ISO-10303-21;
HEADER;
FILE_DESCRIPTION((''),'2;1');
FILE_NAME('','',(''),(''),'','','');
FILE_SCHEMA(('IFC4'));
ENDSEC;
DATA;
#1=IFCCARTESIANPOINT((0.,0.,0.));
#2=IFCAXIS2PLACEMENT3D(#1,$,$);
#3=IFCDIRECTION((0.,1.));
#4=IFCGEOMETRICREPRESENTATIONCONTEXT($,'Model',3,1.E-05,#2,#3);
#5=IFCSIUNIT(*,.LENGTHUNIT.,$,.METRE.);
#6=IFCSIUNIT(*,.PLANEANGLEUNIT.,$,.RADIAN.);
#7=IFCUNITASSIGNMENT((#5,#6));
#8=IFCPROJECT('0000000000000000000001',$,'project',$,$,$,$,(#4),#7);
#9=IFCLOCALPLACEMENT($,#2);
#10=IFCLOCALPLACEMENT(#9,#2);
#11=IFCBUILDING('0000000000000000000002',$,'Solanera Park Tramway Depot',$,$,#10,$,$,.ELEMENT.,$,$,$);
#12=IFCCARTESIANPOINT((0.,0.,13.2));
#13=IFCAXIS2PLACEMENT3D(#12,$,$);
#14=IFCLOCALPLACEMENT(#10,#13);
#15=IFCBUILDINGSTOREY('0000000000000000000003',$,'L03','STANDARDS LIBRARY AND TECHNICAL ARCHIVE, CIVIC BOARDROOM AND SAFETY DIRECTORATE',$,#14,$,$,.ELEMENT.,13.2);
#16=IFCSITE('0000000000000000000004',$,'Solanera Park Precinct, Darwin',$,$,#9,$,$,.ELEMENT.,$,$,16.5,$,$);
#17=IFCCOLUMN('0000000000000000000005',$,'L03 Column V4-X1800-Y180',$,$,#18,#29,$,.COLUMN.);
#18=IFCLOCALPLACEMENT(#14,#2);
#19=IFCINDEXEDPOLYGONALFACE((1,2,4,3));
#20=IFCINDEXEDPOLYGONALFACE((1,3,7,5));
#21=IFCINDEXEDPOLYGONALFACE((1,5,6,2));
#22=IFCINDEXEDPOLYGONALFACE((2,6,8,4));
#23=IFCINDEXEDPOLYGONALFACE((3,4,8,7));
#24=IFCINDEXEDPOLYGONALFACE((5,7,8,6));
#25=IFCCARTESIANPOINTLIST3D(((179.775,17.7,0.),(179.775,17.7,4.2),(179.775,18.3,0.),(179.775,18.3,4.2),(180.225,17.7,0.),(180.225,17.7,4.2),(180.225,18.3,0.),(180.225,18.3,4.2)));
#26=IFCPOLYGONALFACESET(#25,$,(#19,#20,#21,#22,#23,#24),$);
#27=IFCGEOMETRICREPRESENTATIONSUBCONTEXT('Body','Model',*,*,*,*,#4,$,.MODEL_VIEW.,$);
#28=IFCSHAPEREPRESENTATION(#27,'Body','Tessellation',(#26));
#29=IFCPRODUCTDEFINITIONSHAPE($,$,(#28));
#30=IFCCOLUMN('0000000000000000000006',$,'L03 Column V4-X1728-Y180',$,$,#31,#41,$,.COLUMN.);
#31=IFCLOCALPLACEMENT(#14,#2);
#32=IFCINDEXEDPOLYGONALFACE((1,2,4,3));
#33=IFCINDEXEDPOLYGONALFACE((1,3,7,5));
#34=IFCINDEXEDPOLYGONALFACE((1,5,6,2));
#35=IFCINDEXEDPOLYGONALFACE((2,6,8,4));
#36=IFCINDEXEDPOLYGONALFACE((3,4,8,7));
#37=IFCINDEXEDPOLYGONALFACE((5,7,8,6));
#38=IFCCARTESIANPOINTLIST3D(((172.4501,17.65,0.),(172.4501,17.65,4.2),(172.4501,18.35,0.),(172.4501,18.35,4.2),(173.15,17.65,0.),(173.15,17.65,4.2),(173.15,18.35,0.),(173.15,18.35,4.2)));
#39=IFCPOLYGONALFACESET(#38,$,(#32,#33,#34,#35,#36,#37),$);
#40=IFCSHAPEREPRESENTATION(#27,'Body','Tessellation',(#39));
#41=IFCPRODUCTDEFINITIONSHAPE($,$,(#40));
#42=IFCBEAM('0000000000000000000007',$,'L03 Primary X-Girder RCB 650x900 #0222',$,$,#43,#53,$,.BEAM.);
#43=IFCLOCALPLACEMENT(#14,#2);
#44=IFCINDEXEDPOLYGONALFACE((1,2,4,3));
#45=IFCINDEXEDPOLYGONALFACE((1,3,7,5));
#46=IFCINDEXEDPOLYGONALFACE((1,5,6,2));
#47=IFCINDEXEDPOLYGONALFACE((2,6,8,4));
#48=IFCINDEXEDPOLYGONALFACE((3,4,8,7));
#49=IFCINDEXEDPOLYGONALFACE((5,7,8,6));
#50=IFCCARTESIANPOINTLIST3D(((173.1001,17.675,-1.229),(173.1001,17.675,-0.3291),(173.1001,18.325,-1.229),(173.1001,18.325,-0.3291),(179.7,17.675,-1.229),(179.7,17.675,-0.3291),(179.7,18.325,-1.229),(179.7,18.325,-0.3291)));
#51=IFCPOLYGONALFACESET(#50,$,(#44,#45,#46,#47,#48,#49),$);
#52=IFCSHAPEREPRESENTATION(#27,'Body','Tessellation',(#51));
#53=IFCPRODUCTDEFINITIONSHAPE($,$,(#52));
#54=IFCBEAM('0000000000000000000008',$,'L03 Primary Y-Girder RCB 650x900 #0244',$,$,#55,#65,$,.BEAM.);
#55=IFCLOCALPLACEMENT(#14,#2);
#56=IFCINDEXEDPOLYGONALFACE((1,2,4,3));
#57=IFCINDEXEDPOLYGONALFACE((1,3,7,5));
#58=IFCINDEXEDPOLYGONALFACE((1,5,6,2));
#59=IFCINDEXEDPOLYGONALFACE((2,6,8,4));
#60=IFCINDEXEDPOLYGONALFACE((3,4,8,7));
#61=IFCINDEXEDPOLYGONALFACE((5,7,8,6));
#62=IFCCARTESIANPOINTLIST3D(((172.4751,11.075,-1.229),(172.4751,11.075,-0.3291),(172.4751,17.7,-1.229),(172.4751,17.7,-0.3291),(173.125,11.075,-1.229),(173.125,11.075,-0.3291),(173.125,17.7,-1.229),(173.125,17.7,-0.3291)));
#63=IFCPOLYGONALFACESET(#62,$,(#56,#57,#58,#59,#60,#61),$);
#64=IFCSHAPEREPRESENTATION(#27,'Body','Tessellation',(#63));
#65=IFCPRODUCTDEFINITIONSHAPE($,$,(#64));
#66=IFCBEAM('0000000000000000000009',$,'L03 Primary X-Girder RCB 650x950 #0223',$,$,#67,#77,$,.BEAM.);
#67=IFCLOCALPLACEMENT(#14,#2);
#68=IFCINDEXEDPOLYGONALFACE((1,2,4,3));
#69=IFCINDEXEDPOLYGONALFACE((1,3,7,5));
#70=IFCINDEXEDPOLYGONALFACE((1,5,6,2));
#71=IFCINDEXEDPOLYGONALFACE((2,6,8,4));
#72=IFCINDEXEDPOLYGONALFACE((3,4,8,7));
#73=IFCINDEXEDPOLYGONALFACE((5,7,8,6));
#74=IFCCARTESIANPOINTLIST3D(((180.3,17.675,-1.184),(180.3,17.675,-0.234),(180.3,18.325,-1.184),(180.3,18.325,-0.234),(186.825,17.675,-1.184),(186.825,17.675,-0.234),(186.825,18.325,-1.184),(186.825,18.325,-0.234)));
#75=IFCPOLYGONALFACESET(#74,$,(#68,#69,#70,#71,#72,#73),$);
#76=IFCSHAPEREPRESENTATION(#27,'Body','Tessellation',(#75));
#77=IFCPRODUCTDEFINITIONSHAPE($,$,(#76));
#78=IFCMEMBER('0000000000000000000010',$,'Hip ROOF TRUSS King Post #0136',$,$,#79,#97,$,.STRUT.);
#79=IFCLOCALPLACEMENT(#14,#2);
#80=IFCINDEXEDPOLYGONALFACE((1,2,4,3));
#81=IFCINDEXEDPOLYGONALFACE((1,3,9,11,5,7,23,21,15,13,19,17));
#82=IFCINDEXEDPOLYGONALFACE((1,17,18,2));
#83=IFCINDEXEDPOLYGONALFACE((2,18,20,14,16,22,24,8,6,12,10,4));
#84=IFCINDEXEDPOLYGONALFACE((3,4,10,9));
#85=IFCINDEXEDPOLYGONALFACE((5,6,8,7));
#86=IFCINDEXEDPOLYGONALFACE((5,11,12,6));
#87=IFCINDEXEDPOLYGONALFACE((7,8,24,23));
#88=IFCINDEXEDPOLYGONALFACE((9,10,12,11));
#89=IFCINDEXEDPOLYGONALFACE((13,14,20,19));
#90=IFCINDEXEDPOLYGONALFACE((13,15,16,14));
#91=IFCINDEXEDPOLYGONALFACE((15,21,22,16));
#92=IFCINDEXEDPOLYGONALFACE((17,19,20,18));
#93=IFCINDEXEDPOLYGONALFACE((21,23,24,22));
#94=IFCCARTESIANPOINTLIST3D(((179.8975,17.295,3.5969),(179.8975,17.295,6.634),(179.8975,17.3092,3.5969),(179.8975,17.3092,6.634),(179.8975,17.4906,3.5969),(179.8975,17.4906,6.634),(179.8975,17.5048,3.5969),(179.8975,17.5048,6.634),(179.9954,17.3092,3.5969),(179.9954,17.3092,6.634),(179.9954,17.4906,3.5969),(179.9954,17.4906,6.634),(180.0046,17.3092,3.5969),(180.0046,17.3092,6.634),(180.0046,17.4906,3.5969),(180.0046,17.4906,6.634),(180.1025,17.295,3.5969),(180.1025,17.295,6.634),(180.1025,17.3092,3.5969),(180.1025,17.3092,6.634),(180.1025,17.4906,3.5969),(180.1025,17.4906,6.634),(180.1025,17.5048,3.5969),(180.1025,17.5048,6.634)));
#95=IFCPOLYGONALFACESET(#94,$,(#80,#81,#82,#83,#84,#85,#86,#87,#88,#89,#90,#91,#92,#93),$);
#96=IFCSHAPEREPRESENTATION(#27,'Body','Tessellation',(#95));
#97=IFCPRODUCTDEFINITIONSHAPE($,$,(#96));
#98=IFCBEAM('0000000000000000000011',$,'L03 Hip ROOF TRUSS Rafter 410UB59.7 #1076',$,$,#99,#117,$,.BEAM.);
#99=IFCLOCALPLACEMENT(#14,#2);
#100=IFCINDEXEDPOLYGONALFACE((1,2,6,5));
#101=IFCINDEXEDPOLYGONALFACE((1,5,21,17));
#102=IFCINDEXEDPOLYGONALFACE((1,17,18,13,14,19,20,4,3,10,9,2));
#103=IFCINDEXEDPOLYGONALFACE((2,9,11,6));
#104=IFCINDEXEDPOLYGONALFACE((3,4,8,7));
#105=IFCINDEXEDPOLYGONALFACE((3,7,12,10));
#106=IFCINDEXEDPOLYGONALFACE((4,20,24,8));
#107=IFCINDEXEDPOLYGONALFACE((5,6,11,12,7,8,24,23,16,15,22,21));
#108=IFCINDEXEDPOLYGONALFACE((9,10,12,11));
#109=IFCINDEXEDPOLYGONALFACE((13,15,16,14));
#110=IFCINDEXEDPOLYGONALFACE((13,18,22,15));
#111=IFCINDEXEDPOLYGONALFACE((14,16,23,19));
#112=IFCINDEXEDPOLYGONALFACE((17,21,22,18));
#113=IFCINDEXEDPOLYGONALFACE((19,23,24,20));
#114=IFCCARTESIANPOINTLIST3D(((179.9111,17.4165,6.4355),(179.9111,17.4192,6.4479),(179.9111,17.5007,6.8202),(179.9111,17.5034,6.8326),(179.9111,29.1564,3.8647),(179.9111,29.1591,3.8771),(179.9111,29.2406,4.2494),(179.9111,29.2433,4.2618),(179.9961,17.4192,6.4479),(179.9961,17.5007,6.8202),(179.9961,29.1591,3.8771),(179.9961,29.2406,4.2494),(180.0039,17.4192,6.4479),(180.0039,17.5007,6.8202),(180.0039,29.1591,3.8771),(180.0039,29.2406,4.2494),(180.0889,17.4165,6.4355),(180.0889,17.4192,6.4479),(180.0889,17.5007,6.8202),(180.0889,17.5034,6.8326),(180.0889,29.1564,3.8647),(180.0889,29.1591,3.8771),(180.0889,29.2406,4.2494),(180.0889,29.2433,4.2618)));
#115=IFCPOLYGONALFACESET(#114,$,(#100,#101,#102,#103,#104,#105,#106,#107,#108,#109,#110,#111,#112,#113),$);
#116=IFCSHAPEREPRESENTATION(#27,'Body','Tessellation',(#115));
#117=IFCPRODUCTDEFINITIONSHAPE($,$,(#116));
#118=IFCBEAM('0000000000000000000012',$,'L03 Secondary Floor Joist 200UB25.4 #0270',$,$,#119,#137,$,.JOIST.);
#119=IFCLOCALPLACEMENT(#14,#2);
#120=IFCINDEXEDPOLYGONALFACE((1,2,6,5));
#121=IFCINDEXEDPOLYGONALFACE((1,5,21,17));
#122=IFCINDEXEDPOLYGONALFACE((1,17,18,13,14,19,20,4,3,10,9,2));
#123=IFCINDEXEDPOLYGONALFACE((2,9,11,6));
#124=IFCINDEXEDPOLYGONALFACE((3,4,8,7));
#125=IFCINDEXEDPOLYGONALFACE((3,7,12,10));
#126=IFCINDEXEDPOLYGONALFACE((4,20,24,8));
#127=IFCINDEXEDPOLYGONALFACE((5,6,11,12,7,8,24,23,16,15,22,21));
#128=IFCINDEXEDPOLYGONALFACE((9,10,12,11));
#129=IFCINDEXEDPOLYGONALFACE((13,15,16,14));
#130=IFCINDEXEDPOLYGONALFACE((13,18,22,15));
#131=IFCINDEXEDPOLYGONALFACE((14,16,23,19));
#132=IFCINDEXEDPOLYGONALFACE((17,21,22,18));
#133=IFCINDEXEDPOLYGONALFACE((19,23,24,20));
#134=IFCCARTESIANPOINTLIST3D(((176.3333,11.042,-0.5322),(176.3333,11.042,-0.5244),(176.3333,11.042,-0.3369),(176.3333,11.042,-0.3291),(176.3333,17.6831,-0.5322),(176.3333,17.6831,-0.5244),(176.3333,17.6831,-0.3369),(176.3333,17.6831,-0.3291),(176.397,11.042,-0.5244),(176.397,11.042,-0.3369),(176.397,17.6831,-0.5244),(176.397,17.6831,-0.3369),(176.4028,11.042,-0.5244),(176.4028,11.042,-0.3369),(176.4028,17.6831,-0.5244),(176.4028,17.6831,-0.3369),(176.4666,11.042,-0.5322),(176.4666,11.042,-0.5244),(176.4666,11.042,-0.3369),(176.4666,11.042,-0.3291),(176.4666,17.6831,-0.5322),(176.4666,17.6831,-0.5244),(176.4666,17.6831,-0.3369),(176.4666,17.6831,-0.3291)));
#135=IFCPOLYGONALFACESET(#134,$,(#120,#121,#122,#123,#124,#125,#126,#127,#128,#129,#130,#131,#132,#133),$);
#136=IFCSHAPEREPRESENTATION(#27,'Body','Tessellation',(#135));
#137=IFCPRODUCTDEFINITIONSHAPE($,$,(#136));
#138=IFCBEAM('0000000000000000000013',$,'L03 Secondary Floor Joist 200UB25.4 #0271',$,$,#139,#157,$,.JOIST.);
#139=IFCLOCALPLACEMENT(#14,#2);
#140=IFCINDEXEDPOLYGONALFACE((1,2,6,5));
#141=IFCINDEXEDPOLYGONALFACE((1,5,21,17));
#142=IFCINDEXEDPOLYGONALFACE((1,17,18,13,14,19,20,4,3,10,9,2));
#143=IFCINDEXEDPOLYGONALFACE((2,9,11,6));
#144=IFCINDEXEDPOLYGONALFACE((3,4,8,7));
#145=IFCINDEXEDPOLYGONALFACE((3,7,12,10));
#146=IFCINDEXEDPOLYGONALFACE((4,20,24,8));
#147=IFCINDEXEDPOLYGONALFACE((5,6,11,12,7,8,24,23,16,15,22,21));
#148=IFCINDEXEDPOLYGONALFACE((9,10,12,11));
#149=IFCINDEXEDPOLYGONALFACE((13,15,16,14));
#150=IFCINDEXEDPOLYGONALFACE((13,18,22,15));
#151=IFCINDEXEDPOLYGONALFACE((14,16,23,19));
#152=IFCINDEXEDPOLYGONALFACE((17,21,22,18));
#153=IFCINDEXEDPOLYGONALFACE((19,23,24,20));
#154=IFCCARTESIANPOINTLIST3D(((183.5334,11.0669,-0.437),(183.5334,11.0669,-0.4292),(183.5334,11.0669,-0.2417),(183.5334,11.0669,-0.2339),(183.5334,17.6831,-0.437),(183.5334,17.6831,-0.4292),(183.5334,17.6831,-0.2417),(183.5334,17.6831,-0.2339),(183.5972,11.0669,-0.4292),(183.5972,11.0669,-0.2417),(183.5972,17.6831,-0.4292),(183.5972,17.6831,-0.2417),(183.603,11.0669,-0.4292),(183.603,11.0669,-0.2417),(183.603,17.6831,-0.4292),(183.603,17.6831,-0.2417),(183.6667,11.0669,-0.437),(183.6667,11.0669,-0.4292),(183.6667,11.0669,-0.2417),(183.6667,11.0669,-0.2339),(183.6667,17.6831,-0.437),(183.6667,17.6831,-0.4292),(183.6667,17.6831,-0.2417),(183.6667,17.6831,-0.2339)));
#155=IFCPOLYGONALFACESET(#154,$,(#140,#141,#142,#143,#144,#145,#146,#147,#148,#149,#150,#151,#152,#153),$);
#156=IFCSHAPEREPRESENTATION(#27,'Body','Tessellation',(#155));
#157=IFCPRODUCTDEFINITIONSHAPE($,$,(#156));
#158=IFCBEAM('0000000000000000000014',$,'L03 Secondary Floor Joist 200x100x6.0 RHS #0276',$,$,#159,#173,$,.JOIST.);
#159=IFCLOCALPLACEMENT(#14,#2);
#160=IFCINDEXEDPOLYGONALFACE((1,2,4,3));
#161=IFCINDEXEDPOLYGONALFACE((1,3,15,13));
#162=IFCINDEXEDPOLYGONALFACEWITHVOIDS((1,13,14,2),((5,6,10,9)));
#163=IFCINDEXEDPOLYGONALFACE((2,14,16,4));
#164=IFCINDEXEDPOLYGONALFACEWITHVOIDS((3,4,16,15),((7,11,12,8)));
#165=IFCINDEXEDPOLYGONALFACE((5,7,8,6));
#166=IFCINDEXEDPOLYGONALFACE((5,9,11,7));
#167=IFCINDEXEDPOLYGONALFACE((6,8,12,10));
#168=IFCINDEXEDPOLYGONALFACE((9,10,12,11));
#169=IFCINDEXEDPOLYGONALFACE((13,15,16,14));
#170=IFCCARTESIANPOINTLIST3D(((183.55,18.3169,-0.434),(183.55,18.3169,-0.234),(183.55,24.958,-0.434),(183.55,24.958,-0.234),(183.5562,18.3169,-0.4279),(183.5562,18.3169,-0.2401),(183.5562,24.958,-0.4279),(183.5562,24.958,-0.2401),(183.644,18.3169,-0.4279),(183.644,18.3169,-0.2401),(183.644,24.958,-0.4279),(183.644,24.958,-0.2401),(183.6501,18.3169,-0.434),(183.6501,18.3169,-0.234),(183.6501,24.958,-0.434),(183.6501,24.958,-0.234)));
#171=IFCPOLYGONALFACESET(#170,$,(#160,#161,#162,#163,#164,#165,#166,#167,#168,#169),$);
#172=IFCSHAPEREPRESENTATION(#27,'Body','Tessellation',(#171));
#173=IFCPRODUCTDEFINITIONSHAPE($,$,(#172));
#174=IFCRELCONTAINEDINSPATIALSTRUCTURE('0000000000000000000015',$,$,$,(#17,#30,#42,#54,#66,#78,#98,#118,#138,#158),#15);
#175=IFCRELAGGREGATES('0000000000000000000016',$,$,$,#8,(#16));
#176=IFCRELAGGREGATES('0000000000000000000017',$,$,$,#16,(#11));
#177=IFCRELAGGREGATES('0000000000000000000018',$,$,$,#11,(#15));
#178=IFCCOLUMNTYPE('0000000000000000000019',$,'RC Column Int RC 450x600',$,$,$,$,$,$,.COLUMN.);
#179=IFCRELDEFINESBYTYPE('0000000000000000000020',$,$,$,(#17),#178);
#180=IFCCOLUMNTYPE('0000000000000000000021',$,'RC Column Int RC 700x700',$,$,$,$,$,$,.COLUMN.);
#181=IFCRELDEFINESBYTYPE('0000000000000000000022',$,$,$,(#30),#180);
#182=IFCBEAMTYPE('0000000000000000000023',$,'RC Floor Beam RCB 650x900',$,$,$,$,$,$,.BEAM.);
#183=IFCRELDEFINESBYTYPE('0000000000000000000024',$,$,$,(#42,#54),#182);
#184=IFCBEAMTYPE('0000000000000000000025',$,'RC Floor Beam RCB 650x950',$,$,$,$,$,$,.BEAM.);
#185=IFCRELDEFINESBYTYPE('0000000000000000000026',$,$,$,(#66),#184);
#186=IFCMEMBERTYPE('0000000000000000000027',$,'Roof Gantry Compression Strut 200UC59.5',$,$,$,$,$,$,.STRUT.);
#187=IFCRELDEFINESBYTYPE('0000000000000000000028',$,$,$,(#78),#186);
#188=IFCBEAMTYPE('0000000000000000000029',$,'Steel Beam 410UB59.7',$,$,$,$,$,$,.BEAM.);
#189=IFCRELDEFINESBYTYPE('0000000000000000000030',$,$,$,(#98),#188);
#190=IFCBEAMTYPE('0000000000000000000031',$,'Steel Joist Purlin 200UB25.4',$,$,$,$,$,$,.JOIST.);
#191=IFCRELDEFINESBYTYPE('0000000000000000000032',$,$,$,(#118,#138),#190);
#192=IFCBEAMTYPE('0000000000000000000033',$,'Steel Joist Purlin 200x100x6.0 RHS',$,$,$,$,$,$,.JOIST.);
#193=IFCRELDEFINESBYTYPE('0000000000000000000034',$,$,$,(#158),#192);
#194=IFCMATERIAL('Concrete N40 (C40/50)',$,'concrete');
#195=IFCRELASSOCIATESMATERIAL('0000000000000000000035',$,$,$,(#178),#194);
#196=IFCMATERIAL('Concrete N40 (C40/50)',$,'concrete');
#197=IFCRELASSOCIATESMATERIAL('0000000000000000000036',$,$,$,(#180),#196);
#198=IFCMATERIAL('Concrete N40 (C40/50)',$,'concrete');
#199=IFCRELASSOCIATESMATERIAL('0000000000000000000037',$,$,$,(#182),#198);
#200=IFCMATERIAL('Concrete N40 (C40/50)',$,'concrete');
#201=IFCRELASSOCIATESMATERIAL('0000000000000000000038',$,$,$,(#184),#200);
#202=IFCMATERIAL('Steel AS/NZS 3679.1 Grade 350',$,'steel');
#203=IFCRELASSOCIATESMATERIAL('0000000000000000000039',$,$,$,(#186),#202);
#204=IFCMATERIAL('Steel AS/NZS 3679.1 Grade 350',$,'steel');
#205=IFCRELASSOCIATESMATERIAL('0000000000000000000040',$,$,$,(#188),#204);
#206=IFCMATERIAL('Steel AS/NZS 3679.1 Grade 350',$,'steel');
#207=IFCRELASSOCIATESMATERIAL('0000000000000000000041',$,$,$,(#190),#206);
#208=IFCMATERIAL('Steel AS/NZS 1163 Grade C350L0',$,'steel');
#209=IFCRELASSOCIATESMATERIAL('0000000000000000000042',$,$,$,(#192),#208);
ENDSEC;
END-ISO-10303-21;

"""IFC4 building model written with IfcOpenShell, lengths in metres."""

from ifc_helpers import new_model, si_unit, direction, frame, origin, origin_2d, place, context, subcontext, project, spatial, rectangle, hollow_rectangle, i_section, extrude, material, material_profile, profile_set, type_object, element, save


model = new_model("IFC4")

# Units and contexts
model_context = context("Model", 3, precision=1e-05, world=origin(), true_north=direction((0.0, 1.0)))
body_context = subcontext(model_context, "Body", "Model", "MODEL_VIEW")
ifc_project = project(units=[si_unit("LENGTHUNIT", "METRE"), si_unit("PLANEANGLEUNIT", "RADIAN")], contexts=[model_context])

# Site, building, storey
site_placement = place(None, origin())
site = spatial("IfcSite", under=ifc_project, at=site_placement, Name="Solanera Park Precinct, Darwin", CompositionType="ELEMENT", RefElevation=16.5)
building_placement = place(site_placement, origin())
building = spatial("IfcBuilding", under=site, at=building_placement, Name="Solanera Park Tramway Depot", CompositionType="ELEMENT")
storey_placement = place(building_placement, frame((0.0, 0.0, 13.2)))
storey = spatial("IfcBuildingStorey", under=building, at=storey_placement, Name="L03", Description="STANDARDS LIBRARY AND TECHNICAL ARCHIVE, CIVIC BOARDROOM AND SAFETY DIRECTORATE", CompositionType="ELEMENT", Elevation=13.2)

# Columns
ifc_material_1 = material(Name="Concrete N40 (C40/50)", Category="concrete")
ifc_material_profile_1 = material_profile(ifc_material_1, rectangle(XDim=0.45, YDim=0.6001, at=origin_2d()), Name="RC 450x600")
ifc_profile_set_1 = profile_set([ifc_material_profile_1], Name="Concrete N40 (C40/50)")
column_type_1 = type_object("IfcColumnType", Name="RC Column Int RC 450x600", PredefinedType="COLUMN", material=ifc_profile_set_1)
column_1_placement = place(storey_placement, frame((180.0, 18.0, 0.0), z_axis=(0.0, 0.0, 1.0), x_axis=(1.0, 0.0, 0.0)))
element("IfcColumn", 1, at=column_1_placement, inside=storey, type_object=column_type_1, Name="L03 Column V4-X1800-Y180", PredefinedType="COLUMN", context=body_context, shape_type="SweptSolid", body=[
    extrude(rectangle(XDim=0.45, YDim=0.6001, at=origin_2d()), origin(), (0.0, 0.0, 1.0), 4.2),
])
ifc_material_2 = material(Name="Concrete N40 (C40/50)", Category="concrete")
ifc_material_profile_2 = material_profile(ifc_material_2, rectangle(XDim=0.7, YDim=0.7, at=origin_2d()), Name="RC 700x700")
ifc_profile_set_2 = profile_set([ifc_material_profile_2], Name="Concrete N40 (C40/50)")
column_type_2 = type_object("IfcColumnType", Name="RC Column Int RC 700x700", PredefinedType="COLUMN", material=ifc_profile_set_2)
column_2_placement = place(storey_placement, frame((172.8, 18.0, 0.0), z_axis=(0.0, 0.0, 1.0), x_axis=(1.0, 0.0, 0.0)))
element("IfcColumn", 2, at=column_2_placement, inside=storey, type_object=column_type_2, Name="L03 Column V4-X1728-Y180", PredefinedType="COLUMN", context=body_context, shape_type="SweptSolid", body=[
    extrude(rectangle(XDim=0.7, YDim=0.7, at=origin_2d()), origin(), (0.0, 0.0, 1.0), 4.2),
])

# Beams
ifc_material_3 = material(Name="Concrete N40 (C40/50)", Category="concrete")
ifc_material_profile_3 = material_profile(ifc_material_3, rectangle(XDim=0.6499, YDim=0.8999, at=origin_2d()), Name="RCB 650x900")
ifc_profile_set_3 = profile_set([ifc_material_profile_3], Name="Concrete N40 (C40/50)")
beam_type_1 = type_object("IfcBeamType", Name="RC Floor Beam RCB 650x900", PredefinedType="BEAM", material=ifc_profile_set_3)
beam_1_placement = place(storey_placement, frame((173.1001, 18.0, -0.7791), z_axis=(1.0, 0.0, 0.0), x_axis=(0.0, 1.0, 0.0)))
element("IfcBeam", 3, at=beam_1_placement, inside=storey, type_object=beam_type_1, Name="L03 Primary X-Girder RCB 650x900 #0222", PredefinedType="BEAM", context=body_context, shape_type="SweptSolid", body=[
    extrude(rectangle(XDim=0.6499, YDim=0.8999, at=origin_2d()), origin(), (0.0, 0.0, 1.0), 6.5999),
])
beam_2_placement = place(storey_placement, frame((172.8, 11.075, -0.7791), z_axis=(0.0, 1.0, 0.0), x_axis=(-1.0, 0.0, 0.0)))
element("IfcBeam", 4, at=beam_2_placement, inside=storey, type_object=beam_type_1, Name="L03 Primary Y-Girder RCB 650x900 #0244", PredefinedType="BEAM", context=body_context, shape_type="SweptSolid", body=[
    extrude(rectangle(XDim=0.6499, YDim=0.8999, at=origin_2d()), origin(), (0.0, 0.0, 1.0), 6.625),
])
ifc_material_4 = material(Name="Concrete N40 (C40/50)", Category="concrete")
ifc_material_profile_4 = material_profile(ifc_material_4, rectangle(XDim=0.6499, YDim=0.95, at=origin_2d()), Name="RCB 650x950")
ifc_profile_set_4 = profile_set([ifc_material_profile_4], Name="Concrete N40 (C40/50)")
beam_type_2 = type_object("IfcBeamType", Name="RC Floor Beam RCB 650x950", PredefinedType="BEAM", material=ifc_profile_set_4)
beam_3_placement = place(storey_placement, frame((180.3, 18.0, -0.709), z_axis=(1.0, 0.0, 0.0), x_axis=(0.0, 1.0, 0.0)))
element("IfcBeam", 5, at=beam_3_placement, inside=storey, type_object=beam_type_2, Name="L03 Primary X-Girder RCB 650x950 #0223", PredefinedType="BEAM", context=body_context, shape_type="SweptSolid", body=[
    extrude(rectangle(XDim=0.6499, YDim=0.95, at=origin_2d()), origin(), (0.0, 0.0, 1.0), 6.5249),
])

# Member
ifc_material_5 = material(Name="Steel AS/NZS 3679.1 Grade 350", Category="steel")
ifc_material_profile_5 = material_profile(ifc_material_5, i_section(OverallWidth=0.2051, OverallDepth=0.2097, WebThickness=0.0093, FlangeThickness=0.0142, at=origin_2d()), Name="200UC59.5")
ifc_profile_set_5 = profile_set([ifc_material_profile_5], Name="Steel AS/NZS 3679.1 Grade 350")
member_type = type_object("IfcMemberType", Name="Roof Gantry Compression Strut 200UC59.5", PredefinedType="STRUT", material=ifc_profile_set_5)
member_placement = place(storey_placement, frame((180.0, 17.3999, 3.5969), z_axis=(0.0, 0.0, 1.0), x_axis=(1.0, 0.0, 0.0)))
element("IfcMember", 6, at=member_placement, inside=storey, type_object=member_type, Name="Hip ROOF TRUSS King Post #0136", PredefinedType="STRUT", context=body_context, shape_type="SweptSolid", body=[
    extrude(i_section(OverallWidth=0.2051, OverallDepth=0.2097, WebThickness=0.0093, FlangeThickness=0.0142, at=origin_2d()), origin(), (0.0, 0.0, 1.0), 3.0371),
])

# Beams
ifc_material_6 = material(Name="Steel AS/NZS 3679.1 Grade 350", Category="steel")
ifc_material_profile_6 = material_profile(ifc_material_6, i_section(OverallWidth=0.1777, OverallDepth=0.4065, WebThickness=0.0078, FlangeThickness=0.0127, at=origin_2d()), Name="410UB59.7")
ifc_profile_set_6 = profile_set([ifc_material_profile_6], Name="Steel AS/NZS 3679.1 Grade 350")
beam_type_3 = type_object("IfcBeamType", Name="Steel Beam 410UB59.7", PredefinedType="BEAM", material=ifc_profile_set_6)
beam_4_placement = place(storey_placement, frame((180.0, 17.46, 6.634), z_axis=(0.0, 0.976853, -0.21391), x_axis=(-1.0, 0.0, 0.0)))
element("IfcBeam", 7, at=beam_4_placement, inside=storey, type_object=beam_type_3, Name="L03 Hip ROOF TRUSS Rafter 410UB59.7 #1076", PredefinedType="BEAM", context=body_context, shape_type="SweptSolid", body=[
    extrude(i_section(OverallWidth=0.1777, OverallDepth=0.4065, WebThickness=0.0078, FlangeThickness=0.0127, at=origin_2d()), origin(), (0.0, 0.0, 1.0), 12.0181),
])
ifc_material_7 = material(Name="Steel AS/NZS 3679.1 Grade 350", Category="steel")
ifc_material_profile_7 = material_profile(ifc_material_7, i_section(OverallWidth=0.1333, OverallDepth=0.2031, WebThickness=0.0059, FlangeThickness=0.0078, at=origin_2d()), Name="200UB25.4")
ifc_profile_set_7 = profile_set([ifc_material_profile_7], Name="Steel AS/NZS 3679.1 Grade 350")
beam_type_4 = type_object("IfcBeamType", Name="Steel Joist Purlin 200UB25.4", PredefinedType="JOIST", material=ifc_profile_set_7)
beam_5_placement = place(storey_placement, frame((176.3999, 11.042, -0.4307), z_axis=(0.0, 1.0, 0.0), x_axis=(-1.0, 0.0, 0.0)))
element("IfcBeam", 8, at=beam_5_placement, inside=storey, type_object=beam_type_4, Name="L03 Secondary Floor Joist 200UB25.4 #0270", PredefinedType="JOIST", context=body_context, shape_type="SweptSolid", body=[
    extrude(i_section(OverallWidth=0.1333, OverallDepth=0.2031, WebThickness=0.0059, FlangeThickness=0.0078, at=origin_2d()), origin(), (0.0, 0.0, 1.0), 6.6411),
])
beam_6_placement = place(storey_placement, frame((183.6001, 11.0669, -0.3354), z_axis=(0.0, 1.0, 0.0), x_axis=(-1.0, 0.0, 0.0)))
element("IfcBeam", 9, at=beam_6_placement, inside=storey, type_object=beam_type_4, Name="L03 Secondary Floor Joist 200UB25.4 #0271", PredefinedType="JOIST", context=body_context, shape_type="SweptSolid", body=[
    extrude(i_section(OverallWidth=0.1333, OverallDepth=0.2031, WebThickness=0.0059, FlangeThickness=0.0078, at=origin_2d()), origin(), (0.0, 0.0, 1.0), 6.6162),
])
ifc_material_8 = material(Name="Steel AS/NZS 1163 Grade C350L0", Category="steel")
ifc_material_profile_8 = material_profile(ifc_material_8, hollow_rectangle(XDim=0.1001, YDim=0.2, WallThickness=0.0061, at=origin_2d()), Name="200x100x6.0 RHS")
ifc_profile_set_8 = profile_set([ifc_material_profile_8], Name="Steel AS/NZS 1163 Grade C350L0")
beam_type_5 = type_object("IfcBeamType", Name="Steel Joist Purlin 200x100x6.0 RHS", PredefinedType="JOIST", material=ifc_profile_set_8)
beam_7_placement = place(storey_placement, frame((183.6001, 18.3169, -0.334), z_axis=(0.0, 1.0, 0.0), x_axis=(-1.0, 0.0, 0.0)))
element("IfcBeam", 10, at=beam_7_placement, inside=storey, type_object=beam_type_5, Name="L03 Secondary Floor Joist 200x100x6.0 RHS #0276", PredefinedType="JOIST", context=body_context, shape_type="SweptSolid", body=[
    extrude(hollow_rectangle(XDim=0.1001, YDim=0.2, WallThickness=0.0061, at=origin_2d()), origin(), (0.0, 0.0, 1.0), 6.6411),
])

save(model, "model.ifc")
